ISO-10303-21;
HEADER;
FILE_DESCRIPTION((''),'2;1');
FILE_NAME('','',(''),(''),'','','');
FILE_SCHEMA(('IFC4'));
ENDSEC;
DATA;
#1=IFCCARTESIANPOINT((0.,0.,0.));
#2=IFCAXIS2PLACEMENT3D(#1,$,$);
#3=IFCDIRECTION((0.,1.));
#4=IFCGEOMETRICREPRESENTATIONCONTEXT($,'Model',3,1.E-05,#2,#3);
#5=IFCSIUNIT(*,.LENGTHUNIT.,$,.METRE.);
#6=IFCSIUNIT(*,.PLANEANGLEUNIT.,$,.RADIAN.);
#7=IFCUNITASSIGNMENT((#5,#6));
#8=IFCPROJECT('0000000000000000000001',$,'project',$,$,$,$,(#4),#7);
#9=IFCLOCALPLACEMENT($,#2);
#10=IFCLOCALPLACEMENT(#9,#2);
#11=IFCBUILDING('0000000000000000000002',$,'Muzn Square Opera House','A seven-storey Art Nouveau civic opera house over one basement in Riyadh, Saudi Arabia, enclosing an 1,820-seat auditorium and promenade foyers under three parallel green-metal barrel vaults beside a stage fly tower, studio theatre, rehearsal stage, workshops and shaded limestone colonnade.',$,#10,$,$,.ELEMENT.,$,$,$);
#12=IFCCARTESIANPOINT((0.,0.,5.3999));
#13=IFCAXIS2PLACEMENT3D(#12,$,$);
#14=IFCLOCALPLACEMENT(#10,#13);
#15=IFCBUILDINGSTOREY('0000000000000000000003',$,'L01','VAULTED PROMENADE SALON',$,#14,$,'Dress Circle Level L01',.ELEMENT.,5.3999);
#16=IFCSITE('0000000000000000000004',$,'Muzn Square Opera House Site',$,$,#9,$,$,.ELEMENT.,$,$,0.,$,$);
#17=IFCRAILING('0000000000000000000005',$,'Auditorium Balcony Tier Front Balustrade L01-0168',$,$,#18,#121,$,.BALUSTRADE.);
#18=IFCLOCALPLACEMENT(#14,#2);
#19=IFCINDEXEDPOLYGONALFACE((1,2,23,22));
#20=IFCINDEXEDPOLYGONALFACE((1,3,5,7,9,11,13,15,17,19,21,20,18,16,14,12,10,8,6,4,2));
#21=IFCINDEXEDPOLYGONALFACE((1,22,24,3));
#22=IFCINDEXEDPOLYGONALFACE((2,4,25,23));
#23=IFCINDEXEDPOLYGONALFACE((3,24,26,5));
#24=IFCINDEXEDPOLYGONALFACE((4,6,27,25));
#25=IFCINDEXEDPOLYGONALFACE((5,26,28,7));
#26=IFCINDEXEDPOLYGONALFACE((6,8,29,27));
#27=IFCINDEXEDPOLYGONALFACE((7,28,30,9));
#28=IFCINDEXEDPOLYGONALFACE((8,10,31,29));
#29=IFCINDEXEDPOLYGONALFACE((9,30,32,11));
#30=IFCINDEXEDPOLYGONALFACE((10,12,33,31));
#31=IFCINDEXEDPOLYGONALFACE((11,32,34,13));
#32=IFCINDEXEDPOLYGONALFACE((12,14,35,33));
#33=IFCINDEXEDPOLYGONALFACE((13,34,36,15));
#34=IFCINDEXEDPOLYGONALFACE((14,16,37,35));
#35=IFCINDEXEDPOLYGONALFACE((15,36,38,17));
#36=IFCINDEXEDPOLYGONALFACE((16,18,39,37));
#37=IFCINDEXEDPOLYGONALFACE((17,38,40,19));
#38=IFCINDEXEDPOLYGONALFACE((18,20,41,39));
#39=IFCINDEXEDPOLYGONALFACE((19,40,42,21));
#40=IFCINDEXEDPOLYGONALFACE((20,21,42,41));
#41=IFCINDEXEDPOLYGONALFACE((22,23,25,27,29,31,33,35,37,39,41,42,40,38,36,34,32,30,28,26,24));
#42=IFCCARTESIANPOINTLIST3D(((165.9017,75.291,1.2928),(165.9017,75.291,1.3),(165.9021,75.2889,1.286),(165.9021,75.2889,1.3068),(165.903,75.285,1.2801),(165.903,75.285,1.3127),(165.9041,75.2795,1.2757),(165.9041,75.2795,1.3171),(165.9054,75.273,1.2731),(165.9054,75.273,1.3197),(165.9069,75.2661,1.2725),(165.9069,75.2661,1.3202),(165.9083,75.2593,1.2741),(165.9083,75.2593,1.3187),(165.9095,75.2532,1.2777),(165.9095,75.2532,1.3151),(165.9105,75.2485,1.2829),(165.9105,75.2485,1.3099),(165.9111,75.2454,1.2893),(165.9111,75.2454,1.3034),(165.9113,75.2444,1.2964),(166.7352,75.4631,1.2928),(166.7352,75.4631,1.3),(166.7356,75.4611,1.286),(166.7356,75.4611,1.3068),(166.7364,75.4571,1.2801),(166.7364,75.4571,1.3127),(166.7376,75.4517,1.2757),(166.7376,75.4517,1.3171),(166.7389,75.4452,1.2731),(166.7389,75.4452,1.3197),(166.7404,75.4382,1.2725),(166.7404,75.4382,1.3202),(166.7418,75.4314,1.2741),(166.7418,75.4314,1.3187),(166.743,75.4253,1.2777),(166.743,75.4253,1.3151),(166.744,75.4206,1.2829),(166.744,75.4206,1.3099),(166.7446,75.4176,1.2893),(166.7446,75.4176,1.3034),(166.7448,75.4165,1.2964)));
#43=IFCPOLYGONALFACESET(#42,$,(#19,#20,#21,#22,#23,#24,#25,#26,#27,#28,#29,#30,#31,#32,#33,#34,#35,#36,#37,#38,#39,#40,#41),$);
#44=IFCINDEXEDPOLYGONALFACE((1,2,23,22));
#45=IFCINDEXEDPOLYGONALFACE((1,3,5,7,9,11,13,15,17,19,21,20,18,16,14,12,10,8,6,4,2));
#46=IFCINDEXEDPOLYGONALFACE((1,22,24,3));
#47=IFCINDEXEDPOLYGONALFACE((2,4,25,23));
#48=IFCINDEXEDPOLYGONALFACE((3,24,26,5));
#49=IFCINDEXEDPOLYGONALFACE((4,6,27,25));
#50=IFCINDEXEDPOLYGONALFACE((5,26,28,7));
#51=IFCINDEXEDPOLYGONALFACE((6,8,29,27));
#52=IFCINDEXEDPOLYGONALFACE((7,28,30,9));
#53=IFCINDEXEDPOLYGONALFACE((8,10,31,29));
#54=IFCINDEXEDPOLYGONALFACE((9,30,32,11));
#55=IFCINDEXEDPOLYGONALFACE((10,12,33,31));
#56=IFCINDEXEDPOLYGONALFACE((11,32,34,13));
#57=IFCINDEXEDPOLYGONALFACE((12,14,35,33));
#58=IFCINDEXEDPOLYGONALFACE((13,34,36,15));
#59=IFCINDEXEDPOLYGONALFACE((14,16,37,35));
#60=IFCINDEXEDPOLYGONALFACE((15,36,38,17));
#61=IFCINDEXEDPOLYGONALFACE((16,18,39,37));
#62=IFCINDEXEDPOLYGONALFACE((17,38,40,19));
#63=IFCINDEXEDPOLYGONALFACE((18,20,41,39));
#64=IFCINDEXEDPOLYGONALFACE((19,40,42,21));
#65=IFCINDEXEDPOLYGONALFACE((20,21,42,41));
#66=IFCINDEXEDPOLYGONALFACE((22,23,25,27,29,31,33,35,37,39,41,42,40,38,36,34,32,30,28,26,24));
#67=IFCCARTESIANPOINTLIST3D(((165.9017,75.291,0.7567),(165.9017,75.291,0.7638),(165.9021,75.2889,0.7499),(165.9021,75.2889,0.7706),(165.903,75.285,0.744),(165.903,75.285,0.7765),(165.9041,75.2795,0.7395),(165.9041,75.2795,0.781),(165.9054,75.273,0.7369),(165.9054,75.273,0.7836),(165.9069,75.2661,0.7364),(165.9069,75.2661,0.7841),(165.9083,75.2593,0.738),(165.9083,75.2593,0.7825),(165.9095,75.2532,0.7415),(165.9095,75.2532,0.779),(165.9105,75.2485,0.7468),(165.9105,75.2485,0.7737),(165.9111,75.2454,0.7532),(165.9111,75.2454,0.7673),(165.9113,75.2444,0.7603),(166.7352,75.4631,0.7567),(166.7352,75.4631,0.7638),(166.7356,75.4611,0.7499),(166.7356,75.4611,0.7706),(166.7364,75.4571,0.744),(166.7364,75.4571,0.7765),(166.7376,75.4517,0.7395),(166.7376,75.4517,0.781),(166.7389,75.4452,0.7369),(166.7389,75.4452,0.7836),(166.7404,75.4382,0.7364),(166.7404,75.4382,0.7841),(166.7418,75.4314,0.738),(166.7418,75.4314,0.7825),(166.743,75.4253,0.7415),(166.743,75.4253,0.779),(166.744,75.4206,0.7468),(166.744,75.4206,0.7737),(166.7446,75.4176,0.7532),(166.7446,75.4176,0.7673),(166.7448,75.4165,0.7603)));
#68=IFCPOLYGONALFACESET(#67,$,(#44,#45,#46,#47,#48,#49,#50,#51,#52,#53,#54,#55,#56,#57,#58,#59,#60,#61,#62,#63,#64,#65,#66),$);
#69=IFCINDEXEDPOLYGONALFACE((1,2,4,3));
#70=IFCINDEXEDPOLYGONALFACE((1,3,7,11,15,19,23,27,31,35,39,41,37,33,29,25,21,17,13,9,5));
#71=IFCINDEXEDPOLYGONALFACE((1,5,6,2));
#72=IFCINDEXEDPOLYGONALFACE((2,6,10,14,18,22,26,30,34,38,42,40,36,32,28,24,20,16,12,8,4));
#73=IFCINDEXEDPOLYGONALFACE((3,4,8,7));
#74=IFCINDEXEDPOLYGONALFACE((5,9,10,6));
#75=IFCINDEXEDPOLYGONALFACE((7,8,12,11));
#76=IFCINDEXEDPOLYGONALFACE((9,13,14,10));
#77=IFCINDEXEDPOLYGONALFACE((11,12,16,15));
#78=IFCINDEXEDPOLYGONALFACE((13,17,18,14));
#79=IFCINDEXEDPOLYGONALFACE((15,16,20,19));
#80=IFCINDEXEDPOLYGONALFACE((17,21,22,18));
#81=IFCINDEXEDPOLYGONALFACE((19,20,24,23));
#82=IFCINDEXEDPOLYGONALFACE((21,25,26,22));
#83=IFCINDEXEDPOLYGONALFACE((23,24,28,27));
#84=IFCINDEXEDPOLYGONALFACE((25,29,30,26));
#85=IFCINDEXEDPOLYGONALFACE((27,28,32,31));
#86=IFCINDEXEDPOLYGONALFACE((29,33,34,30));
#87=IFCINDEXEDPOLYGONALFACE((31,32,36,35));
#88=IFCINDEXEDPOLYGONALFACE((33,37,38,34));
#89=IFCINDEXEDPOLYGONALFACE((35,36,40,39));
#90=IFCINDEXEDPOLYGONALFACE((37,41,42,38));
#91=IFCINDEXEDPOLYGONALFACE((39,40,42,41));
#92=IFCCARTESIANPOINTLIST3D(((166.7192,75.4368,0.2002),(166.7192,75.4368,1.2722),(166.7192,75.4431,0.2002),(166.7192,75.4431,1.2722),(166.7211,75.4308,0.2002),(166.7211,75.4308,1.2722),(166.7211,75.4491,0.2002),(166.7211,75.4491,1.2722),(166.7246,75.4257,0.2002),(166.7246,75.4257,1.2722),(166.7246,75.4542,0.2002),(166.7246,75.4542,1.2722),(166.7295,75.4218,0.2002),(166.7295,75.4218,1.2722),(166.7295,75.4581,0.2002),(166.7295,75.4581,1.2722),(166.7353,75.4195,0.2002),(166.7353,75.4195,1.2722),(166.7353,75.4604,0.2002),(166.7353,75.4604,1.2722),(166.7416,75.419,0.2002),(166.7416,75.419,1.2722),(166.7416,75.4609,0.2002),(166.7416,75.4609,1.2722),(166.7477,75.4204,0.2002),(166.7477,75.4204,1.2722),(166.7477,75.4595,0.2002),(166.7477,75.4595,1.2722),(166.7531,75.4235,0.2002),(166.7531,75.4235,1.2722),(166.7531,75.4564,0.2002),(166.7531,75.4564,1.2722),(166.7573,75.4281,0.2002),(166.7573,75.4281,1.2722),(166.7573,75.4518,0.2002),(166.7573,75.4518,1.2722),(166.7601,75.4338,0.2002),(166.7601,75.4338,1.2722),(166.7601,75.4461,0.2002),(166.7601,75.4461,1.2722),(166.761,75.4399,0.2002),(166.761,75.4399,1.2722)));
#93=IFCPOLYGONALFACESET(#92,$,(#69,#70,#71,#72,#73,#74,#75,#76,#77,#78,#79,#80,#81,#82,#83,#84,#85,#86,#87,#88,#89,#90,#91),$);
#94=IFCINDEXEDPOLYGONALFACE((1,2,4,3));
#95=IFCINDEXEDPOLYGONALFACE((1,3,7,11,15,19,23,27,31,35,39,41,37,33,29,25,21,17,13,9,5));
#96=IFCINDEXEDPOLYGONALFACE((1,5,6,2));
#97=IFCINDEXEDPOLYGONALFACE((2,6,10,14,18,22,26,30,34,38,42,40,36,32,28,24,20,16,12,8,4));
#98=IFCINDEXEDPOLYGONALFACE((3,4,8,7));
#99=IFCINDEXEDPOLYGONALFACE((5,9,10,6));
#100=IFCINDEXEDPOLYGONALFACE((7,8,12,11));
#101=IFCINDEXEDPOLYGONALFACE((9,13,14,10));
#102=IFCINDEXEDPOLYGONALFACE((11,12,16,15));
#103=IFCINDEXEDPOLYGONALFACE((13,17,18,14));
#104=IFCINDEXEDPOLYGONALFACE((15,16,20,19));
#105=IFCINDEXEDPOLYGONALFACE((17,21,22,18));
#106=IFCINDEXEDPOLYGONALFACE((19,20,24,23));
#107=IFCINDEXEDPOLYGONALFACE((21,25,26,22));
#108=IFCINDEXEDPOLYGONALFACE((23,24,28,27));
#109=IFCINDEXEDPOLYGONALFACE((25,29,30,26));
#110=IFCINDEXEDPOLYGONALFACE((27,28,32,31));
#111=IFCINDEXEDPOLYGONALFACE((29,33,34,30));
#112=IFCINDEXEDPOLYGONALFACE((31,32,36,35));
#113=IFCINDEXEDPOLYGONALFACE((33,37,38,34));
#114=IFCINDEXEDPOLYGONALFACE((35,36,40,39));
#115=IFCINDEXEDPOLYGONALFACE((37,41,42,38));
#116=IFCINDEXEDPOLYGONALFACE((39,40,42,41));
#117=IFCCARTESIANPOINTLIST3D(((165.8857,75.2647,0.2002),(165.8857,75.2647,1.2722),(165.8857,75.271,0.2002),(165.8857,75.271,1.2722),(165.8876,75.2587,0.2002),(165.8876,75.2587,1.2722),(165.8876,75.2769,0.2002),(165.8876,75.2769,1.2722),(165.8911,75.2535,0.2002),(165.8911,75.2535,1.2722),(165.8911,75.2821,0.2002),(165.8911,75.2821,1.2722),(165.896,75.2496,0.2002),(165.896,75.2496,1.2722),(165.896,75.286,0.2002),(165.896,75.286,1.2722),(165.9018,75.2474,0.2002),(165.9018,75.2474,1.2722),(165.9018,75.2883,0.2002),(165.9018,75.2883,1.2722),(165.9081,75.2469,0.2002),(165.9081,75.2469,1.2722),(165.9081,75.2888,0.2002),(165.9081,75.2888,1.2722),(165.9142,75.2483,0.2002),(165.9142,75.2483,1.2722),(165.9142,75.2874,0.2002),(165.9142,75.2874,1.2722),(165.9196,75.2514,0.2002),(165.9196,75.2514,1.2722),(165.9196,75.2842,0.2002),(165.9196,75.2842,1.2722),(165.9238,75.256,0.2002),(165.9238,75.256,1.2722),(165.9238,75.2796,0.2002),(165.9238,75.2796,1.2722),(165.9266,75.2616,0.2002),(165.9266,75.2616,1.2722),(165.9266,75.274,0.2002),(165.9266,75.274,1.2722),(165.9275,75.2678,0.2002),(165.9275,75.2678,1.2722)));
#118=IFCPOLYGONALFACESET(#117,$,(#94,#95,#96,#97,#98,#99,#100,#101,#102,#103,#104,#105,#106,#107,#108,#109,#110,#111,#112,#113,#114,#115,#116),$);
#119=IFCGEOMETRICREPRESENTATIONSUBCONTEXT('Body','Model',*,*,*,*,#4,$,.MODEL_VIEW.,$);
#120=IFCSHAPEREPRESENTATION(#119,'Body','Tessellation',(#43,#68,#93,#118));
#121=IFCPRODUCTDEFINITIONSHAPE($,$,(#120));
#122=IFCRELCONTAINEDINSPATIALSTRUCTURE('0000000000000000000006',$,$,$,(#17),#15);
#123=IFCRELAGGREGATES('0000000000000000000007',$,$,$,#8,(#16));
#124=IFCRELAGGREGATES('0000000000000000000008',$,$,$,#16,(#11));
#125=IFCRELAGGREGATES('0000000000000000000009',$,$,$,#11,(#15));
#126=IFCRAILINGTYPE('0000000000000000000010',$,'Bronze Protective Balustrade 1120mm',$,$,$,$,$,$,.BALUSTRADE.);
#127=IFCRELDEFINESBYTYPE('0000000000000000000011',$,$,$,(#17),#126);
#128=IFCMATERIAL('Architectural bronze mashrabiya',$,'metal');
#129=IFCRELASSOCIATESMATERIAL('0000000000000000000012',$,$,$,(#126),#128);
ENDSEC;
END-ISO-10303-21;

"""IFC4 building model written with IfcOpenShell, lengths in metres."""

from ifc_helpers import new_model, si_unit, direction, frame, origin, origin_2d, place, context, subcontext, project, spatial, circle, extrude, material, type_object, element, save


model = new_model("IFC4")

# Units and contexts
model_context = context("Model", 3, precision=1e-05, world=origin(), true_north=direction((0.0, 1.0)))
body_context = subcontext(model_context, "Body", "Model", "MODEL_VIEW")
ifc_project = project(units=[si_unit("LENGTHUNIT", "METRE"), si_unit("PLANEANGLEUNIT", "RADIAN")], contexts=[model_context])

# Site, building, storey
site_placement = place(None, origin())
site = spatial("IfcSite", under=ifc_project, at=site_placement, Name="Muzn Square Opera House Site", CompositionType="ELEMENT", RefElevation=0.0)
building_placement = place(site_placement, origin())
building = spatial("IfcBuilding", under=site, at=building_placement, Name="Muzn Square Opera House", Description="A seven-storey Art Nouveau civic opera house over one basement in Riyadh, Saudi Arabia, enclosing an 1,820-seat auditorium and promenade foyers under three parallel green-metal barrel vaults beside a stage fly tower, studio theatre, rehearsal stage, workshops and shaded limestone colonnade.", CompositionType="ELEMENT")
storey_placement = place(building_placement, frame((0.0, 0.0, 5.3999)))
storey = spatial("IfcBuildingStorey", under=building, at=storey_placement, Name="L01", Description="VAULTED PROMENADE SALON", LongName="Dress Circle Level L01", CompositionType="ELEMENT", Elevation=5.3999)

# Railing
ifc_material_1 = material(Name="Architectural bronze mashrabiya", Category="metal")
railing_type = type_object("IfcRailingType", Name="Bronze Protective Balustrade 1120mm", PredefinedType="BALUSTRADE", material=ifc_material_1)
railing_1_placement = place(storey_placement, frame((166.74, 75.4399, 0.2002)))
element("IfcRailing", 1, at=railing_1_placement, inside=storey, type_object=railing_type, Name="Auditorium Balcony Tier Front Balustrade L01-0168", PredefinedType="BALUSTRADE", context=body_context, shape_type="SweptSolid", body=[
    extrude(circle(Radius=0.0239, at=origin_2d()), frame((0.0, 0.0, 1.0962), z_axis=(-0.979337, -0.202236, 0.0), x_axis=(0.202236, -0.979337, 0.0)), (0.0, 0.0, 1.0), 0.8511),
    extrude(circle(Radius=0.0239, at=origin_2d()), frame((0.0, 0.0, 0.5601), z_axis=(-0.979337, -0.202236, 0.0), x_axis=(0.202236, -0.979337, 0.0)), (0.0, 0.0, 1.0), 0.8511),
    extrude(circle(Radius=0.021, at=origin_2d()), origin(), (0.0, 0.0, 1.0), 1.072),
    extrude(circle(Radius=0.021, at=origin_2d()), frame((-0.8335, -0.1721, 0.0)), (0.0, 0.0, 1.0), 1.072),
])

save(model, "model.ifc")
